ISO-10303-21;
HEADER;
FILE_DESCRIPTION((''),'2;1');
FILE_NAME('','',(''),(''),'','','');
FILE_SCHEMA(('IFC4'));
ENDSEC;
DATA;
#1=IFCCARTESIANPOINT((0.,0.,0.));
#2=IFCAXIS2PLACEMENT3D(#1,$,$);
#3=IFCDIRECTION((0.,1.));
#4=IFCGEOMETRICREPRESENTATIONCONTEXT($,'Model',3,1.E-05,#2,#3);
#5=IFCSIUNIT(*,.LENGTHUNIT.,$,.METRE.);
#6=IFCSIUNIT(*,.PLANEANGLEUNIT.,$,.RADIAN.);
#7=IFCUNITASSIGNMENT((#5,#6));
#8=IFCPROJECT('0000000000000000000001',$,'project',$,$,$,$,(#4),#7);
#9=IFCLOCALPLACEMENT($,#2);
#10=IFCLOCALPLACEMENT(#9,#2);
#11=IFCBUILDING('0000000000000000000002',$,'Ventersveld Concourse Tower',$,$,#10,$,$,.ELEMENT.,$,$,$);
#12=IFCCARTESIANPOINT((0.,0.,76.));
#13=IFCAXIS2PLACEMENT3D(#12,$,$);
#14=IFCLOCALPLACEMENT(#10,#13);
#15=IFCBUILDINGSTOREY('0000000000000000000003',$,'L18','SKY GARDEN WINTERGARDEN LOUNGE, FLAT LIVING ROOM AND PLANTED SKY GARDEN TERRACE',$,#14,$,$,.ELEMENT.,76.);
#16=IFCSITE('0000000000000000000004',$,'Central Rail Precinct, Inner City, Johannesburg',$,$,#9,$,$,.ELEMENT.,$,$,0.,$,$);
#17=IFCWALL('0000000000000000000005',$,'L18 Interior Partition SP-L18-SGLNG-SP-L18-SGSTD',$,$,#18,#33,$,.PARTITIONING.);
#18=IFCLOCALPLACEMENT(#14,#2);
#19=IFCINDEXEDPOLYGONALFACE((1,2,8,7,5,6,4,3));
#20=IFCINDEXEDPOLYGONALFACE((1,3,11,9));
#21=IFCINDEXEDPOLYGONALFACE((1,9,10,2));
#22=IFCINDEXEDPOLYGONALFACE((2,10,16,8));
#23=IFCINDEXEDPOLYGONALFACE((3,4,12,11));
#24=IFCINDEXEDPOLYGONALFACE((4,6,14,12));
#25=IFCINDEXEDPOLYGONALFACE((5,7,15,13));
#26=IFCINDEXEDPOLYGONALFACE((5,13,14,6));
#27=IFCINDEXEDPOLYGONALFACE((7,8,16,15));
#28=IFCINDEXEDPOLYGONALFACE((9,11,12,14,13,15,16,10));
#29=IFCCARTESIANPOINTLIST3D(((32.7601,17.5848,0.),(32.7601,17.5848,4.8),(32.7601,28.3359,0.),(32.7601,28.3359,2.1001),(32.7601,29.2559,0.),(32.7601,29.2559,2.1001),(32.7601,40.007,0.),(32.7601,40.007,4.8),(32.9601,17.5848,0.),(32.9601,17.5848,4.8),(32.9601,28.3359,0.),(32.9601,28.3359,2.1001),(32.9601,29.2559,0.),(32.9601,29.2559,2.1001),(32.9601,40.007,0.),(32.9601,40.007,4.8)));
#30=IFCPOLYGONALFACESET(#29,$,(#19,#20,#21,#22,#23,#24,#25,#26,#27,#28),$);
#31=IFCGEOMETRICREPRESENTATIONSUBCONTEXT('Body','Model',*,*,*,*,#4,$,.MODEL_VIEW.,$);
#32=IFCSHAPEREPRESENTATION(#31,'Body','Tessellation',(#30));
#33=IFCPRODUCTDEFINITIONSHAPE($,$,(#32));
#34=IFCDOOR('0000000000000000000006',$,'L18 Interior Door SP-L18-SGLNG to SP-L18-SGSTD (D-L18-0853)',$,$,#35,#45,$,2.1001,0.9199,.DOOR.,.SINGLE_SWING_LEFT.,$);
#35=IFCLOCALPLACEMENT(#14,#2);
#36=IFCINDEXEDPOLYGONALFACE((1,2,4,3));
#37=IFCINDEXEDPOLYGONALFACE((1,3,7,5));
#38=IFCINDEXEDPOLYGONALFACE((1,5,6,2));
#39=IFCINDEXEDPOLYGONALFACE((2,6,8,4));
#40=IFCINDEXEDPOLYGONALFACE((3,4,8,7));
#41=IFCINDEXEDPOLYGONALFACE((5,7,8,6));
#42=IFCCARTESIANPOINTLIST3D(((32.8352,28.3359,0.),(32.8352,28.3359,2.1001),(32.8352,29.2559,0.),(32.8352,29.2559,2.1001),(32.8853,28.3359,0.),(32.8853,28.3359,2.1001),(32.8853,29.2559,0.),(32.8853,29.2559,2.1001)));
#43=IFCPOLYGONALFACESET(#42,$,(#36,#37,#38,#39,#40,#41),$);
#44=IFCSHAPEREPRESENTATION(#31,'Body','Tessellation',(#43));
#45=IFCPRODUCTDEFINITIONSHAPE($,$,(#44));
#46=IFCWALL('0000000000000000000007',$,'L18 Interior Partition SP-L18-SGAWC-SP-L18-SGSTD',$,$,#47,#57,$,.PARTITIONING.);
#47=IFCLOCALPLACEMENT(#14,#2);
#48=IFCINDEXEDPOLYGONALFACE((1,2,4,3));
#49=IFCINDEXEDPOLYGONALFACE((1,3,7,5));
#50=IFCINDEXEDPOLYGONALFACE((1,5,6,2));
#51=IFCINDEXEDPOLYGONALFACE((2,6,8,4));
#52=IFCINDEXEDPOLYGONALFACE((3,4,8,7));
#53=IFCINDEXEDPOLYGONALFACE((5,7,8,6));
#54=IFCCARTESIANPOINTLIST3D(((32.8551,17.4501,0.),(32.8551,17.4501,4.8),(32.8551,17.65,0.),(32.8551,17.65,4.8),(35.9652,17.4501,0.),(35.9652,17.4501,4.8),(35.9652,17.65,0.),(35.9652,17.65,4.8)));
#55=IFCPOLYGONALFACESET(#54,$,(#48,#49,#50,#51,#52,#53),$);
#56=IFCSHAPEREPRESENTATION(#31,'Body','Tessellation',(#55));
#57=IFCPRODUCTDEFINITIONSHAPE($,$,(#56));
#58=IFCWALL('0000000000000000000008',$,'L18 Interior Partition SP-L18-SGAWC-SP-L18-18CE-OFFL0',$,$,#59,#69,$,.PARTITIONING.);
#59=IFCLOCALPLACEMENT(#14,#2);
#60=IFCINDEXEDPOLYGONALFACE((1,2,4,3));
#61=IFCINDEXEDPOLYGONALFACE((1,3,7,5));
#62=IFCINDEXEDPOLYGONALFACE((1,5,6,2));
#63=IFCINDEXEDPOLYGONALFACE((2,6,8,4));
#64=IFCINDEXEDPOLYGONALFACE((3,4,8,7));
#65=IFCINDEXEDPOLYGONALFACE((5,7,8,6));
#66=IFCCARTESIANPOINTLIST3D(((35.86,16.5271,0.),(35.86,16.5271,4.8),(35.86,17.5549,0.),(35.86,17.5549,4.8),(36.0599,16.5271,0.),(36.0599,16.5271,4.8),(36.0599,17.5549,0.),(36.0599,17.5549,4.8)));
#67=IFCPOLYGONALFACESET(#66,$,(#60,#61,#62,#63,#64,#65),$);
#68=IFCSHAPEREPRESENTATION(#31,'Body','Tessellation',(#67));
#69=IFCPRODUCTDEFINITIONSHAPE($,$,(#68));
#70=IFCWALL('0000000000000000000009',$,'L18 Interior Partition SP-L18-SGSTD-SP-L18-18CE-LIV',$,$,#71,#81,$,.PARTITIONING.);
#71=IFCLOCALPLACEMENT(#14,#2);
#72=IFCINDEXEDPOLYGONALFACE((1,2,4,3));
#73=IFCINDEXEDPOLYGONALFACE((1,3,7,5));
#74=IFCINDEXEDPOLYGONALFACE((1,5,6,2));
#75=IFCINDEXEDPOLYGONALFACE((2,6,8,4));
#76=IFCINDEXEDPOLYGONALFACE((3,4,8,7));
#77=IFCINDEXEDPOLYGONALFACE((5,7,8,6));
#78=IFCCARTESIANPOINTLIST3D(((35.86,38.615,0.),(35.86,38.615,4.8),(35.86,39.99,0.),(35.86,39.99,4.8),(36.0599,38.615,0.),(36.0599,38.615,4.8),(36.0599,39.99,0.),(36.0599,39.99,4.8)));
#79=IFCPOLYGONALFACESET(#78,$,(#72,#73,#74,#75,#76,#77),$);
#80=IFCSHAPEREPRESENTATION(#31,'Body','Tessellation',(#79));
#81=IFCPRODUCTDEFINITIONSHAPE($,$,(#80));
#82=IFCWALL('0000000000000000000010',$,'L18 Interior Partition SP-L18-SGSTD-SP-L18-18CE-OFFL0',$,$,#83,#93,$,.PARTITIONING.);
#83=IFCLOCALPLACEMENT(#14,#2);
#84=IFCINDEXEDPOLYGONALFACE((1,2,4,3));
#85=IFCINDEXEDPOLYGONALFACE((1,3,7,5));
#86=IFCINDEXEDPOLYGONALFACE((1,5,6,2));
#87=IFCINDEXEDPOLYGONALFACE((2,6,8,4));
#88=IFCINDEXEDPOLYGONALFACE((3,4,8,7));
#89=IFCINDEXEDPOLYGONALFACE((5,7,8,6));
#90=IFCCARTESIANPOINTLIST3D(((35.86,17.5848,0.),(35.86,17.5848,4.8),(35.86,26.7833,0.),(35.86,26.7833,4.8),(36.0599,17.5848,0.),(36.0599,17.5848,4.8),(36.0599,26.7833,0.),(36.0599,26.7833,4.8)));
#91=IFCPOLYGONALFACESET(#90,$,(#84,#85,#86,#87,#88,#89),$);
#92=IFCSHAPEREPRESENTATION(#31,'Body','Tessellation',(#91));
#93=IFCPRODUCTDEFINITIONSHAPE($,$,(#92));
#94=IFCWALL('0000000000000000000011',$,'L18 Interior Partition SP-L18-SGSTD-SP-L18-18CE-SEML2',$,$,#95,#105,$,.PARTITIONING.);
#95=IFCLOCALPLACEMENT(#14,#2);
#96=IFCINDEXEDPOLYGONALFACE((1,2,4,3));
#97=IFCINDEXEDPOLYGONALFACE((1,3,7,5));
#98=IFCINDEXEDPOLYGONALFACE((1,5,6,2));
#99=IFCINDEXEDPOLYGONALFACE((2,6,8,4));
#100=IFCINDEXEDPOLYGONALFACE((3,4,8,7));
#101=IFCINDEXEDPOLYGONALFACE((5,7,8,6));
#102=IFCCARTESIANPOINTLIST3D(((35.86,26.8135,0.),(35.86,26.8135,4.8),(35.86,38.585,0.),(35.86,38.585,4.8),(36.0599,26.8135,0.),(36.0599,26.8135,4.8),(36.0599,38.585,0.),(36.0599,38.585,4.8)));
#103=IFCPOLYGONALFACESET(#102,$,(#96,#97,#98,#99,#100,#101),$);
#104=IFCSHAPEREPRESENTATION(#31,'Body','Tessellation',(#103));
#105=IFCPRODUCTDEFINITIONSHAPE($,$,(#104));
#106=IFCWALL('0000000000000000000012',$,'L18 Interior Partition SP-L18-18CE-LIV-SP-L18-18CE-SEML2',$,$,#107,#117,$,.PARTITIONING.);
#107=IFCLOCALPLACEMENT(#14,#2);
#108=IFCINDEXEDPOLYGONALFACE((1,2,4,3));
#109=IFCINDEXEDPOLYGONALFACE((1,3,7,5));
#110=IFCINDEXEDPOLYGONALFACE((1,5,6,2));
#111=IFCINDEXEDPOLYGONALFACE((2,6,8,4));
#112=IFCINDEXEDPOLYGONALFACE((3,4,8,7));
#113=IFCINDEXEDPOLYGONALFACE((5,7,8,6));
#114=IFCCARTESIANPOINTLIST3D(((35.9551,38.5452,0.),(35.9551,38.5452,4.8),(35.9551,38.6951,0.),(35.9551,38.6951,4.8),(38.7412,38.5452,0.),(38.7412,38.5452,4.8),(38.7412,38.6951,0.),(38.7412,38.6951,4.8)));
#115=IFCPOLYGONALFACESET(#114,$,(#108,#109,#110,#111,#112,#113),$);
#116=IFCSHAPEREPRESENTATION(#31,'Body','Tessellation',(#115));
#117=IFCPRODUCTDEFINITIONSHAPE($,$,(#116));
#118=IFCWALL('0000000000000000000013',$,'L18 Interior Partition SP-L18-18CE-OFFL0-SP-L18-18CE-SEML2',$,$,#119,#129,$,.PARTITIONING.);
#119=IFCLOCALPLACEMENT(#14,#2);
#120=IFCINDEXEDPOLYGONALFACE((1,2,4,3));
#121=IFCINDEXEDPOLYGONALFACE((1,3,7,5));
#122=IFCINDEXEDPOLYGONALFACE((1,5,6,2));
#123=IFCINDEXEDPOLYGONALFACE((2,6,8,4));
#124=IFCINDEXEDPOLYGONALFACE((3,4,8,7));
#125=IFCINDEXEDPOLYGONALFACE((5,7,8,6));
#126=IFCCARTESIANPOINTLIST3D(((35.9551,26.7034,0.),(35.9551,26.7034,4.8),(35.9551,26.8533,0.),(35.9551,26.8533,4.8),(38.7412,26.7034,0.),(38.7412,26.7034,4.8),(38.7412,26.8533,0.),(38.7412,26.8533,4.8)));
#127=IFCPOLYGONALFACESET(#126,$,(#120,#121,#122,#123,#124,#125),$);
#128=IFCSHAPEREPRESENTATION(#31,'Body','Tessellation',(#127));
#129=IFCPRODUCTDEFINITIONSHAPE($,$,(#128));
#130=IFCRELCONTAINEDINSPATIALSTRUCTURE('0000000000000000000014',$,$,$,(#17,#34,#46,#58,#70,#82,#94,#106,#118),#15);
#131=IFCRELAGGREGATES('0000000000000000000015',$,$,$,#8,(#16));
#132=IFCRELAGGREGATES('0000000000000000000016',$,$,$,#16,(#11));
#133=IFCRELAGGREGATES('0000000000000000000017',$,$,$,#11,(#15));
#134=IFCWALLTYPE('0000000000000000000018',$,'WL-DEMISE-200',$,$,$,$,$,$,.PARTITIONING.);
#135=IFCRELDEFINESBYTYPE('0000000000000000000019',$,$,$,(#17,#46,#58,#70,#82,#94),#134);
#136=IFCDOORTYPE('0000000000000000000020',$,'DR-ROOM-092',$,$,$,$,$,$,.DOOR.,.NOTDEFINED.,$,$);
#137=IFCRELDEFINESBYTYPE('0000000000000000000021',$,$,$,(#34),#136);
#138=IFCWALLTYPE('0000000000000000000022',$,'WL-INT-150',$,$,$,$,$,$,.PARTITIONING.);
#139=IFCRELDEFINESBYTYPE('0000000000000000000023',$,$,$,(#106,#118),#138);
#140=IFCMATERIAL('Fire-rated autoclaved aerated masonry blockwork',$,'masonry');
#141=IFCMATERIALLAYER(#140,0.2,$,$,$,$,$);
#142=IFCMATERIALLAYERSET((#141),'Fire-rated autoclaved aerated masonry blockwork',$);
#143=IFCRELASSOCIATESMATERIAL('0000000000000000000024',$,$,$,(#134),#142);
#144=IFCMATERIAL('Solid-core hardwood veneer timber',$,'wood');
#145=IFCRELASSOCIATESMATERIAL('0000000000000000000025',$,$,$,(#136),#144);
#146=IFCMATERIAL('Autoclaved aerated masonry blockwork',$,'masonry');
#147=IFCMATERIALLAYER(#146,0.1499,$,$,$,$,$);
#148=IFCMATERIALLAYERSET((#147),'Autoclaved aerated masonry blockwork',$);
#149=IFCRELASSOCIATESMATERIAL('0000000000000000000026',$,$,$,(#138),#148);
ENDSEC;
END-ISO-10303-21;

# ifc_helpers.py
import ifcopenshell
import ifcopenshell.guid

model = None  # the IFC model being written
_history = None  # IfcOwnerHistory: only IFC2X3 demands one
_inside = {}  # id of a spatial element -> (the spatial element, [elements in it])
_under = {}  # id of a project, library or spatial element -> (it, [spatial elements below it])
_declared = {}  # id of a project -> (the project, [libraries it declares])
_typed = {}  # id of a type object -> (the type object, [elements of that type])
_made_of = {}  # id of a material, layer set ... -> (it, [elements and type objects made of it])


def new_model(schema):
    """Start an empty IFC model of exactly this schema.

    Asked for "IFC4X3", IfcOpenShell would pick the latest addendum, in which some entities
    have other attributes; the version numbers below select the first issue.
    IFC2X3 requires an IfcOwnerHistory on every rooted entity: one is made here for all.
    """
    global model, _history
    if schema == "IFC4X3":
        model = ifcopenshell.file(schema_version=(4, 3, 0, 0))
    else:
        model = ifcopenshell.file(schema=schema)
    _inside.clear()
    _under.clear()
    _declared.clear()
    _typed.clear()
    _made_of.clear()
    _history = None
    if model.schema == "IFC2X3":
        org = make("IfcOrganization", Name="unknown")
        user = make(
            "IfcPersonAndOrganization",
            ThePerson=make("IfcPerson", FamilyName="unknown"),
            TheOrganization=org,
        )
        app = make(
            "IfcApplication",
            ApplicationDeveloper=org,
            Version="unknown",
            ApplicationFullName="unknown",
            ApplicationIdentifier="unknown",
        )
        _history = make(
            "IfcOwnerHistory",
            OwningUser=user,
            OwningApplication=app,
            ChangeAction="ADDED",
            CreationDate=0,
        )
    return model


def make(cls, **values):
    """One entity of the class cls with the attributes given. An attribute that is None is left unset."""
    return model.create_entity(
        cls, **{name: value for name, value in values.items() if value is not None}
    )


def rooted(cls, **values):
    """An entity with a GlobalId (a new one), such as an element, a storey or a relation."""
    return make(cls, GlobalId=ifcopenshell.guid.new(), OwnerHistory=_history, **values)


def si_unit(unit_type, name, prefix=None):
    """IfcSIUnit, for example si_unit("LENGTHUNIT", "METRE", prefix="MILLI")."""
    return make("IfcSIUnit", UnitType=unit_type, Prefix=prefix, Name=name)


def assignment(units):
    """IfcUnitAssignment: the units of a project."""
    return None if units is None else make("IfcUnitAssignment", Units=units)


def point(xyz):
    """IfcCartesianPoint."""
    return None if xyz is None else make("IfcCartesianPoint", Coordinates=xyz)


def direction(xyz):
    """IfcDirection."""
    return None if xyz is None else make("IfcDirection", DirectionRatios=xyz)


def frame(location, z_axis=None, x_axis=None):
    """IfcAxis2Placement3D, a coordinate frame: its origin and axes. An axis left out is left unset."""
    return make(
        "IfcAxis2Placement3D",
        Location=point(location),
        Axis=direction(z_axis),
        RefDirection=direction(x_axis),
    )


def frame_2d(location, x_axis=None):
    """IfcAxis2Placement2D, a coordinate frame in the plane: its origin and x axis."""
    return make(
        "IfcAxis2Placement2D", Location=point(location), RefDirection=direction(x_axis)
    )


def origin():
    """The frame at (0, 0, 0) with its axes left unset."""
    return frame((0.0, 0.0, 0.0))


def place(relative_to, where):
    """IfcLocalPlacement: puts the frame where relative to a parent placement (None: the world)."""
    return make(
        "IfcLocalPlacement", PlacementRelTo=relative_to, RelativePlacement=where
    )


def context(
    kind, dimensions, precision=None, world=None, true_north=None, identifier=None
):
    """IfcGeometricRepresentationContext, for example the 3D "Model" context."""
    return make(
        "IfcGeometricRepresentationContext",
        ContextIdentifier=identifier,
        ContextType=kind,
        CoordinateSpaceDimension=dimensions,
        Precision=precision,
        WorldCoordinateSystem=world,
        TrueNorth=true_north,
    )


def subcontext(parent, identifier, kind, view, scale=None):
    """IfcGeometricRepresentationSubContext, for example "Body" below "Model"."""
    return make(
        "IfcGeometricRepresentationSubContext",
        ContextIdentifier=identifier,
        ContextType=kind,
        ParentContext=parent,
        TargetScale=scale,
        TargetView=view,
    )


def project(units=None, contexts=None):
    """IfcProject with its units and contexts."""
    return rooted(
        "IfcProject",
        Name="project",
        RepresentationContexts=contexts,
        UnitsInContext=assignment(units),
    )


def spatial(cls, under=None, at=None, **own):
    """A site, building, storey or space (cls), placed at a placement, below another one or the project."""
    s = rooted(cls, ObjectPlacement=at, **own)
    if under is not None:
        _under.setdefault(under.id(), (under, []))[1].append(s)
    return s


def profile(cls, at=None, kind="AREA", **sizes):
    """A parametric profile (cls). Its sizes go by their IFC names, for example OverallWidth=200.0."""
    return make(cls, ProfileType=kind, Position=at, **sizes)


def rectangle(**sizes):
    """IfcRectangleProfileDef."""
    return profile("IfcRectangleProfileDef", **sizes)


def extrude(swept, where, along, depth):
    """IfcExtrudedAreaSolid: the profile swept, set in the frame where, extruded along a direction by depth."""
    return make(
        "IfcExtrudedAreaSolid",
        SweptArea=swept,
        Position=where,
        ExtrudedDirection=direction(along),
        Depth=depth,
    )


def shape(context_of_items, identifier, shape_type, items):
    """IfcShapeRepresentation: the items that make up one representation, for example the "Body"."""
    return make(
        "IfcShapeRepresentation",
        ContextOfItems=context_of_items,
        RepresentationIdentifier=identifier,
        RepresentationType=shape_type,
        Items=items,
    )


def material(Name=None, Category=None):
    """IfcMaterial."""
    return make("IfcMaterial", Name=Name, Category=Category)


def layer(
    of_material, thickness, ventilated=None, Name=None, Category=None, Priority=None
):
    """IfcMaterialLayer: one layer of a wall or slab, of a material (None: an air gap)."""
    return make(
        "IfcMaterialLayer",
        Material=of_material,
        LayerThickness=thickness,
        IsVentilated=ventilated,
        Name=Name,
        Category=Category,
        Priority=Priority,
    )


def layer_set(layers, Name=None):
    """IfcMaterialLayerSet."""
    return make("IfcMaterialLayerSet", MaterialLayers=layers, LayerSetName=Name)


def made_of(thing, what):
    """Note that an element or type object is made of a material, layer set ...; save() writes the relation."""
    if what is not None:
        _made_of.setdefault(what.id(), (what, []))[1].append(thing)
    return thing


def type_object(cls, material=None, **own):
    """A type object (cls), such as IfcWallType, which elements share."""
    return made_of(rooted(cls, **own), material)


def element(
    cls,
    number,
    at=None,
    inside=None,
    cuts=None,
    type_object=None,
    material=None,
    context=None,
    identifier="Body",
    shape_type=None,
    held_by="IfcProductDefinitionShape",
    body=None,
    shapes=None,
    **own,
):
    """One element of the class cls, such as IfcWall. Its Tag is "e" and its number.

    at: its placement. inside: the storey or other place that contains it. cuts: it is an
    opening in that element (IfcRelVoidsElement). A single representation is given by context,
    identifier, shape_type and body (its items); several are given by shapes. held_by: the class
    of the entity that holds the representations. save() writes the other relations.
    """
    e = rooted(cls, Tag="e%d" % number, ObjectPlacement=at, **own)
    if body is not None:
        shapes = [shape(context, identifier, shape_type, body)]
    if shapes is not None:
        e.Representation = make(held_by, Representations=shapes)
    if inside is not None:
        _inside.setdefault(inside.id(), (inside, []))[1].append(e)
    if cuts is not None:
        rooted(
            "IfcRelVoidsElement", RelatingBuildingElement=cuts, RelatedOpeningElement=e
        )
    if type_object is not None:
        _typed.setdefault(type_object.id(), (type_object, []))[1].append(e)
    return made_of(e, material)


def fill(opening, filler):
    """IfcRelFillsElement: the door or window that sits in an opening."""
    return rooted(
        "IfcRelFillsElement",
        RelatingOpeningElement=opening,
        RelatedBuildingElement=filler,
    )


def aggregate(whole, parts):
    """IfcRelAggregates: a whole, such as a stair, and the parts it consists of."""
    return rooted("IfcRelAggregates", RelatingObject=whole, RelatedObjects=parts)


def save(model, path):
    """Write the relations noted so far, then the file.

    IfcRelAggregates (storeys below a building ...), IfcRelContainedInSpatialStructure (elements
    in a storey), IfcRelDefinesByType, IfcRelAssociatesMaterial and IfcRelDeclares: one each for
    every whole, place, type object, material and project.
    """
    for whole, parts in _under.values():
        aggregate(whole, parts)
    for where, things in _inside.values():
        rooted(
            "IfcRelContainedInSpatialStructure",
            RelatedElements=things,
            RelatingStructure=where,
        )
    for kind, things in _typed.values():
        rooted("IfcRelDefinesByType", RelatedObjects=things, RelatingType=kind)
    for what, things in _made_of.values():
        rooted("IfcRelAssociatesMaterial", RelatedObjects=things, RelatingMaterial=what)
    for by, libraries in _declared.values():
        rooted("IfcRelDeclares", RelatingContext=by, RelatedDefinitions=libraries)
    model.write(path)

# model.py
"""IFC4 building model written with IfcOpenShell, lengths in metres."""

from ifc_helpers import new_model, si_unit, direction, frame, frame_2d, origin, place, context, subcontext, project, spatial, rectangle, extrude, material, layer, layer_set, type_object, element, fill, save


model = new_model("IFC4")

# Units and contexts
model_context = context("Model", 3, precision=1e-05, world=origin(), true_north=direction((0.0, 1.0)))
body_context = subcontext(model_context, "Body", "Model", "MODEL_VIEW")
ifc_project = project(units=[si_unit("LENGTHUNIT", "METRE"), si_unit("PLANEANGLEUNIT", "RADIAN")], contexts=[model_context])

# Site, building, storey
site_placement = place(None, origin())
site = spatial("IfcSite", under=ifc_project, at=site_placement, Name="Central Rail Precinct, Inner City, Johannesburg", CompositionType="ELEMENT", RefElevation=0.0)
building_placement = place(site_placement, origin())
building = spatial("IfcBuilding", under=site, at=building_placement, Name="Ventersveld Concourse Tower", CompositionType="ELEMENT")
storey_placement = place(building_placement, frame((0.0, 0.0, 76.0)))
storey = spatial("IfcBuildingStorey", under=building, at=storey_placement, Name="L18", Description="SKY GARDEN WINTERGARDEN LOUNGE, FLAT LIVING ROOM AND PLANTED SKY GARDEN TERRACE", CompositionType="ELEMENT", Elevation=76.0)

# Wall, opening, door
ifc_material_1 = material(Name="Fire-rated autoclaved aerated masonry blockwork", Category="masonry")
ifc_layer_1 = layer(ifc_material_1, 0.2)
ifc_layer_set_1 = layer_set([ifc_layer_1], Name="Fire-rated autoclaved aerated masonry blockwork")
wall_type_1 = type_object("IfcWallType", Name="WL-DEMISE-200", PredefinedType="PARTITIONING", material=ifc_layer_set_1)
wall_1_placement = place(storey_placement, frame((32.8601, 17.585, 0.0), z_axis=(0.0, 0.0, 1.0), x_axis=(0.0, 1.0, 0.0)))
wall_1 = element("IfcWall", 1, at=wall_1_placement, inside=storey, type_object=wall_type_1, Name="L18 Interior Partition SP-L18-SGLNG-SP-L18-SGSTD", PredefinedType="PARTITIONING", context=body_context, shape_type="SweptSolid", body=[
    extrude(rectangle(XDim=22.4221, YDim=0.2, at=frame_2d((11.2109, 0.0))), origin(), (0.0, 0.0, 1.0), 4.8),
])
opening_placement = place(wall_1_placement, frame((10.751, 0.0, 0.0)))
opening = element("IfcOpeningElement", 2, at=opening_placement, cuts=wall_1, PredefinedType="OPENING", context=body_context, shape_type="SweptSolid", body=[
    extrude(rectangle(XDim=0.9199, YDim=2.1001, at=frame_2d((0.46, 1.05))), frame((0.0, 0.1099, 0.0), z_axis=(0.0, -1.0, 0.0), x_axis=(1.0, 0.0, 0.0)), (0.0, 0.0, 1.0), 0.22),
])
ifc_material_2 = material(Name="Solid-core hardwood veneer timber", Category="wood")
door_type = type_object("IfcDoorType", Name="DR-ROOM-092", OperationType="NOTDEFINED", PredefinedType="DOOR", material=ifc_material_2)
door_placement = place(opening_placement, origin())
door = element("IfcDoor", 3, at=door_placement, inside=storey, type_object=door_type, Name="L18 Interior Door SP-L18-SGLNG to SP-L18-SGSTD (D-L18-0853)", OperationType="SINGLE_SWING_LEFT", OverallHeight=2.1001, OverallWidth=0.9199, PredefinedType="DOOR", context=body_context, shape_type="SweptSolid", body=[
    extrude(rectangle(XDim=0.9199, YDim=2.1001, at=frame_2d((0.46, 1.05))), frame((0.0, 0.0249, 0.0), z_axis=(0.0, -1.0, 0.0), x_axis=(1.0, 0.0, 0.0)), (0.0, 0.0, 1.0), 0.05),
])
fill(opening, door)

# Walls
wall_2_placement = place(storey_placement, frame((32.855, 17.55, 0.0), z_axis=(0.0, 0.0, 1.0), x_axis=(1.0, 0.0, 0.0)))
element("IfcWall", 4, at=wall_2_placement, inside=storey, type_object=wall_type_1, Name="L18 Interior Partition SP-L18-SGAWC-SP-L18-SGSTD", PredefinedType="PARTITIONING", context=body_context, shape_type="SweptSolid", body=[
    extrude(rectangle(XDim=3.1101, YDim=0.2, at=frame_2d((1.5552, 0.0))), origin(), (0.0, 0.0, 1.0), 4.8),
])
wall_3_placement = place(storey_placement, frame((35.96, 16.5271, 0.0), z_axis=(0.0, 0.0, 1.0), x_axis=(0.0, 1.0, 0.0)))
element("IfcWall", 5, at=wall_3_placement, inside=storey, type_object=wall_type_1, Name="L18 Interior Partition SP-L18-SGAWC-SP-L18-18CE-OFFL0", PredefinedType="PARTITIONING", context=body_context, shape_type="SweptSolid", body=[
    extrude(rectangle(XDim=1.0278, YDim=0.2, at=frame_2d((0.5139, 0.0))), origin(), (0.0, 0.0, 1.0), 4.8),
])
wall_4_placement = place(storey_placement, frame((35.96, 38.615, 0.0), z_axis=(0.0, 0.0, 1.0), x_axis=(0.0, 1.0, 0.0)))
element("IfcWall", 6, at=wall_4_placement, inside=storey, type_object=wall_type_1, Name="L18 Interior Partition SP-L18-SGSTD-SP-L18-18CE-LIV", PredefinedType="PARTITIONING", context=body_context, shape_type="SweptSolid", body=[
    extrude(rectangle(XDim=1.375, YDim=0.2, at=frame_2d((0.6875, 0.0))), origin(), (0.0, 0.0, 1.0), 4.8),
])
wall_5_placement = place(storey_placement, frame((35.96, 17.585, 0.0), z_axis=(0.0, 0.0, 1.0), x_axis=(0.0, 1.0, 0.0)))
element("IfcWall", 7, at=wall_5_placement, inside=storey, type_object=wall_type_1, Name="L18 Interior Partition SP-L18-SGSTD-SP-L18-18CE-OFFL0", PredefinedType="PARTITIONING", context=body_context, shape_type="SweptSolid", body=[
    extrude(rectangle(XDim=9.1985, YDim=0.2, at=frame_2d((4.5991, 0.0))), origin(), (0.0, 0.0, 1.0), 4.8),
])
wall_6_placement = place(storey_placement, frame((35.96, 26.8135, 0.0), z_axis=(0.0, 0.0, 1.0), x_axis=(0.0, 1.0, 0.0)))
element("IfcWall", 8, at=wall_6_placement, inside=storey, type_object=wall_type_1, Name="L18 Interior Partition SP-L18-SGSTD-SP-L18-18CE-SEML2", PredefinedType="PARTITIONING", context=body_context, shape_type="SweptSolid", body=[
    extrude(rectangle(XDim=11.7715, YDim=0.2, at=frame_2d((5.8857, 0.0))), origin(), (0.0, 0.0, 1.0), 4.8),
])
ifc_material_3 = material(Name="Autoclaved aerated masonry blockwork", Category="masonry")
ifc_layer_2 = layer(ifc_material_3, 0.1499)
ifc_layer_set_2 = layer_set([ifc_layer_2], Name="Autoclaved aerated masonry blockwork")
wall_type_2 = type_object("IfcWallType", Name="WL-INT-150", PredefinedType="PARTITIONING", material=ifc_layer_set_2)
for number, where, z_axis, x_axis, name in (
    (9, (35.9551, 38.6201, 0.0), (0.0, 0.0, 1.0), (1.0, 0.0, 0.0), "L18 Interior Partition SP-L18-18CE-LIV-SP-L18-18CE-SEML2"),
    (10, (35.9551, 26.7783, 0.0), (0.0, 0.0, 1.0), (1.0, 0.0, 0.0), "L18 Interior Partition SP-L18-18CE-OFFL0-SP-L18-18CE-SEML2"),
):
    element("IfcWall", number, at=place(storey_placement, frame(where, z_axis=z_axis, x_axis=x_axis)), inside=storey, type_object=wall_type_2, Name=name, PredefinedType="PARTITIONING", context=body_context, shape_type="SweptSolid", body=[
        extrude(rectangle(XDim=2.7861, YDim=0.1499, at=frame_2d((1.3931, 0.0))), origin(), (0.0, 0.0, 1.0), 4.8),
    ])

save(model, "model.ifc")
